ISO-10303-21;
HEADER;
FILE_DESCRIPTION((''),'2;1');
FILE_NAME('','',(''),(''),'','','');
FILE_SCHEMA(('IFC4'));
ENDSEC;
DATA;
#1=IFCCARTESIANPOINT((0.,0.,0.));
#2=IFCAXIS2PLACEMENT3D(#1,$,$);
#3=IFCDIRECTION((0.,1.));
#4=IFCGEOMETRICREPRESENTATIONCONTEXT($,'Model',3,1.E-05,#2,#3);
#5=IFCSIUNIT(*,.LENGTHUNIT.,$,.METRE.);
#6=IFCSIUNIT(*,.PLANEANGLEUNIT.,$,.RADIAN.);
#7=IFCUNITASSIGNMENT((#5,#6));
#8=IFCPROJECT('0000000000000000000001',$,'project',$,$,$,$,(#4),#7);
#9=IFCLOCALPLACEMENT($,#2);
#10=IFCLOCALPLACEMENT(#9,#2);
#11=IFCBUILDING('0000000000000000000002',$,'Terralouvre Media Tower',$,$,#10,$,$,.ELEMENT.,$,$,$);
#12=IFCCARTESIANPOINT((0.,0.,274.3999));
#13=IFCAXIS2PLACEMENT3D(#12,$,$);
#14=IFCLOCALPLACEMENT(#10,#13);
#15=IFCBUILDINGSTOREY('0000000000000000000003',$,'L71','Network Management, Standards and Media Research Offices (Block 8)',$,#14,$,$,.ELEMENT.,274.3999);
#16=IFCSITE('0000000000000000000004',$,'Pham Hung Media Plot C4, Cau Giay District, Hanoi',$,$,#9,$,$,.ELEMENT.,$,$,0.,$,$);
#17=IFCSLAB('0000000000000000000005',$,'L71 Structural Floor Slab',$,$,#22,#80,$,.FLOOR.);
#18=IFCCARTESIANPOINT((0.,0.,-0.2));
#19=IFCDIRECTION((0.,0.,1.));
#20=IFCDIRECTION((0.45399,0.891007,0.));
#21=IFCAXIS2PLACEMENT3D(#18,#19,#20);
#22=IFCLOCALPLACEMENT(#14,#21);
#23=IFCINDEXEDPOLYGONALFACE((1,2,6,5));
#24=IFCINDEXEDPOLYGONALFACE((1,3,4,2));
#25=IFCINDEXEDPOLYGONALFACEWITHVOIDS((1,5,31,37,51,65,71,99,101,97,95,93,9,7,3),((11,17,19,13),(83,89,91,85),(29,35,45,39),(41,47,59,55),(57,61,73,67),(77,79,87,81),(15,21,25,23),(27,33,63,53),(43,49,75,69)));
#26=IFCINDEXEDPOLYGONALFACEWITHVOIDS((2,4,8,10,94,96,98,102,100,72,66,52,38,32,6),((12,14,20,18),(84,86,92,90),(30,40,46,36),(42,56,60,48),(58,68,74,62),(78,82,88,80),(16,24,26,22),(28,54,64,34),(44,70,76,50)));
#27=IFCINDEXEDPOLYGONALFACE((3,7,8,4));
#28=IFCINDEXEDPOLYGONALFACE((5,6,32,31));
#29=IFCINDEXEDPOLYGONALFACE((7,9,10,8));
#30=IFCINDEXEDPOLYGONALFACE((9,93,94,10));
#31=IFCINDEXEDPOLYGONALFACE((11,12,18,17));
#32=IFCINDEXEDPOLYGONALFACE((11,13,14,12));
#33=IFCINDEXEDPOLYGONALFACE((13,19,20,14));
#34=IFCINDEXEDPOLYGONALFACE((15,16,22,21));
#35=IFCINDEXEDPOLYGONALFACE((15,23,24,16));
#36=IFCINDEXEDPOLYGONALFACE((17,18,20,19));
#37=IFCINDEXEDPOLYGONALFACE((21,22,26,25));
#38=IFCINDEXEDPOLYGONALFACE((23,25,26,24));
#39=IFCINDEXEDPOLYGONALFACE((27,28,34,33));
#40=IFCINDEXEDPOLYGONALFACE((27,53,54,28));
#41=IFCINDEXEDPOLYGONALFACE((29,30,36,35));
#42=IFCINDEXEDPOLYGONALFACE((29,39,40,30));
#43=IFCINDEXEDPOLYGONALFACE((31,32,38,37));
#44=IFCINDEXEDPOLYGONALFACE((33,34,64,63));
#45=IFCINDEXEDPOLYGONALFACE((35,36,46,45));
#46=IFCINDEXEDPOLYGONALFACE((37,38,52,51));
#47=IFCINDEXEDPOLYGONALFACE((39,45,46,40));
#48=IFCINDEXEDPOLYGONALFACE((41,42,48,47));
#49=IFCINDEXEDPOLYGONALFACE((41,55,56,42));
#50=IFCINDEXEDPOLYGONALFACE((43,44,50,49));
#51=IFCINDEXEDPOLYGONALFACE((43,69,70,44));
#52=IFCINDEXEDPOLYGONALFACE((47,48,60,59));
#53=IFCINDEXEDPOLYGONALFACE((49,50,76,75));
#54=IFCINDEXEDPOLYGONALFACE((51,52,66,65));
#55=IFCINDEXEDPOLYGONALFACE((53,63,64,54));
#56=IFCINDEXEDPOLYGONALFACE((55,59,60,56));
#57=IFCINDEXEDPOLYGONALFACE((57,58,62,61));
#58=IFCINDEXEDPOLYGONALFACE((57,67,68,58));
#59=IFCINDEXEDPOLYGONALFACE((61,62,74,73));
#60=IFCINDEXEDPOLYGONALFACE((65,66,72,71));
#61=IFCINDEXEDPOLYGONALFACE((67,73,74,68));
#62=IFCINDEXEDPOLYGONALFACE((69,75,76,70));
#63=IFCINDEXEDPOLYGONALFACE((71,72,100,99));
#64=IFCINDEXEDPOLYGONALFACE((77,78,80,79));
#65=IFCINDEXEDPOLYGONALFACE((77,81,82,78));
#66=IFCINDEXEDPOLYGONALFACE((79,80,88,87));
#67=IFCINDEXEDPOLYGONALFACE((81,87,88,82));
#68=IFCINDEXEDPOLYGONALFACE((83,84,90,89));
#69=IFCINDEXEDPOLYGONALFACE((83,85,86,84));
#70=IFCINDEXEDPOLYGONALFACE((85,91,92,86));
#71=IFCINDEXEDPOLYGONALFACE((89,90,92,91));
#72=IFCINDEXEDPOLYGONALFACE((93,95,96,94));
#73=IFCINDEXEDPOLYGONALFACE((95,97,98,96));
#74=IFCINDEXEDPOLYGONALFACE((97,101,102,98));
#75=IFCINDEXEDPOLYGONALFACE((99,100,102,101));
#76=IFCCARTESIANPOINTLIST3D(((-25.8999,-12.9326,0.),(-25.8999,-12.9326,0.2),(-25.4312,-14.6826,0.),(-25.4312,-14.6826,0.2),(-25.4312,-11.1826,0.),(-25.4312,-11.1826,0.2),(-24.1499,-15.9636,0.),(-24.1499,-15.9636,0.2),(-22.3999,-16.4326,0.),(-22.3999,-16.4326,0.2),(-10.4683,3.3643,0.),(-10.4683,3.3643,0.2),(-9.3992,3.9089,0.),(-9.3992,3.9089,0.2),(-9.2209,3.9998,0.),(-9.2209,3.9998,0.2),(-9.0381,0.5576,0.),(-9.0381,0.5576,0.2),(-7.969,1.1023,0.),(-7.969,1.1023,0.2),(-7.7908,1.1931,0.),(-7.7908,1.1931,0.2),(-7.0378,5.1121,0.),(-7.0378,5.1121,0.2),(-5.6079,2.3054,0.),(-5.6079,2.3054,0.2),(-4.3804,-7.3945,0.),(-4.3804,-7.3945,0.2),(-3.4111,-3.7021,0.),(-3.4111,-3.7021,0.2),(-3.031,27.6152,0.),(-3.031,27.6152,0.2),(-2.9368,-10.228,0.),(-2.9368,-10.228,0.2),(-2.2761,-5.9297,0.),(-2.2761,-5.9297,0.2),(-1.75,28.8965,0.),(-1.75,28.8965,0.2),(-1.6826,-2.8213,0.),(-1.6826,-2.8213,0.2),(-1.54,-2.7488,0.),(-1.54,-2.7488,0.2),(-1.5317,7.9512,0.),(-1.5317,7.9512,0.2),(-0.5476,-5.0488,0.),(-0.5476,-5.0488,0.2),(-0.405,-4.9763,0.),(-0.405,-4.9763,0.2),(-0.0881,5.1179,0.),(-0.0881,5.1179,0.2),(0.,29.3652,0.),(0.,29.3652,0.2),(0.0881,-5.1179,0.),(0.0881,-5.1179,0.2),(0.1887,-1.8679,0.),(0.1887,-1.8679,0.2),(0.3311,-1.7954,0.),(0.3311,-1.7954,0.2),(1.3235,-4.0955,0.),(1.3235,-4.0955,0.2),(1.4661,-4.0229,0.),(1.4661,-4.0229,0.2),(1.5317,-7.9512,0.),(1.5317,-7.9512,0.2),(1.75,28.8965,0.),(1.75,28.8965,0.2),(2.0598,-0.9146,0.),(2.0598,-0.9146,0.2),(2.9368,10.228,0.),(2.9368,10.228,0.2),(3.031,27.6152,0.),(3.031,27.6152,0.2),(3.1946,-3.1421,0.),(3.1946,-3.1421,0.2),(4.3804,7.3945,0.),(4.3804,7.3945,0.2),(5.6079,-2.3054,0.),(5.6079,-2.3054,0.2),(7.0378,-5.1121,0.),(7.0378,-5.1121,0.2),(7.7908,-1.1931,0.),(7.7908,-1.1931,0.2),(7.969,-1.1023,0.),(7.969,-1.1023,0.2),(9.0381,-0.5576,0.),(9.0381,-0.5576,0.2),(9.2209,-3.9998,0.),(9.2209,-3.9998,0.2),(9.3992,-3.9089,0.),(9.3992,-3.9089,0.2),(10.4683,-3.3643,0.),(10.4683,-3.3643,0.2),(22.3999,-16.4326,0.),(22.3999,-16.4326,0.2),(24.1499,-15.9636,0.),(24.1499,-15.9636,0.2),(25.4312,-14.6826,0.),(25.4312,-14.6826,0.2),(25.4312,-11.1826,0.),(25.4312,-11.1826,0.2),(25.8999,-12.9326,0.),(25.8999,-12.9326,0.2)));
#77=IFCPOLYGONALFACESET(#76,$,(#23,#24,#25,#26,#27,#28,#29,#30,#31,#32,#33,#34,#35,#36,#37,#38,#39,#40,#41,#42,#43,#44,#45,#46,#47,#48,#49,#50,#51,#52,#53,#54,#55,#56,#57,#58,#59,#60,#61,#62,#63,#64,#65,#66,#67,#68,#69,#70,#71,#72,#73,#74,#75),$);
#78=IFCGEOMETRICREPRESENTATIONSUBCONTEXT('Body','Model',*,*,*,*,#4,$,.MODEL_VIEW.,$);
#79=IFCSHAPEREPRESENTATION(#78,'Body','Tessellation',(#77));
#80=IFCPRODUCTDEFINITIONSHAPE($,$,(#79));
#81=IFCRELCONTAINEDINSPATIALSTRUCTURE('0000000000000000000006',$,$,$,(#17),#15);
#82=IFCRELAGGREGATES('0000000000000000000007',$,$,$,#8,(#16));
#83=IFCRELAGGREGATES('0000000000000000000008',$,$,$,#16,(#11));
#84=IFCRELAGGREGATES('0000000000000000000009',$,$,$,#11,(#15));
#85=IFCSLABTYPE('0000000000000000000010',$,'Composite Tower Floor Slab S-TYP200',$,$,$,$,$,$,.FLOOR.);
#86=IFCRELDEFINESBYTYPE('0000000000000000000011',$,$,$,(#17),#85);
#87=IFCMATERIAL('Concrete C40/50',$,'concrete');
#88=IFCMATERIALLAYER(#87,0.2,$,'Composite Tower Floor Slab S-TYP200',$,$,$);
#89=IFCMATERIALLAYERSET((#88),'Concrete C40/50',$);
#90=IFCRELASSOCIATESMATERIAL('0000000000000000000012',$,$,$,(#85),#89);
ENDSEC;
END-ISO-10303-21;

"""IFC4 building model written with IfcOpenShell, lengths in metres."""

from ifc_helpers import new_model, si_unit, direction, frame, origin, place, context, subcontext, project, spatial, polyline, outline, extrude, material, layer, layer_set, type_object, element, save


model = new_model("IFC4")

# Units and contexts
model_context = context("Model", 3, precision=1e-05, world=origin(), true_north=direction((0.0, 1.0)))
body_context = subcontext(model_context, "Body", "Model", "MODEL_VIEW")
ifc_project = project(units=[si_unit("LENGTHUNIT", "METRE"), si_unit("PLANEANGLEUNIT", "RADIAN")], contexts=[model_context])

# Site, building, storey
site_placement = place(None, origin())
site = spatial("IfcSite", under=ifc_project, at=site_placement, Name="Pham Hung Media Plot C4, Cau Giay District, Hanoi", CompositionType="ELEMENT", RefElevation=0.0)
building_placement = place(site_placement, origin())
building = spatial("IfcBuilding", under=site, at=building_placement, Name="Terralouvre Media Tower", CompositionType="ELEMENT")
storey_placement = place(building_placement, frame((0.0, 0.0, 274.3999)))
storey = spatial("IfcBuildingStorey", under=building, at=storey_placement, Name="L71", Description="Network Management, Standards and Media Research Offices (Block 8)", CompositionType="ELEMENT", Elevation=274.3999)

# Slab
ifc_material_1 = material(Name="Concrete C40/50", Category="concrete")
ifc_layer_1 = layer(ifc_material_1, 0.2, Name="Composite Tower Floor Slab S-TYP200")
ifc_layer_set_1 = layer_set([ifc_layer_1], Name="Concrete C40/50")
slab_type = type_object("IfcSlabType", Name="Composite Tower Floor Slab S-TYP200", PredefinedType="FLOOR", material=ifc_layer_set_1)
slab_placement = place(storey_placement, frame((0.0, 0.0, -0.2), z_axis=(0.0, 0.0, 1.0), x_axis=(0.45399, 0.891007, 0.0)))
element("IfcSlab", 1, at=slab_placement, inside=storey, type_object=slab_type, Name="L71 Structural Floor Slab", PredefinedType="FLOOR", context=body_context, shape_type="SweptSolid", body=[
    extrude(outline(polyline([(-25.4312, -11.1826), (-25.8999, -12.9326), (-25.4312, -14.6826), (-24.1499, -15.9636), (-22.3999, -16.4326), (22.3999, -16.4326), (24.1499, -15.9636), (25.4312, -14.6826), (25.8999, -12.9326), (25.4312, -11.1826), (3.031, 27.6152), (1.75, 28.8965), (0.0, 29.3652), (-1.75, 28.8965), (-3.031, 27.6152), (-25.4312, -11.1826)]), holes=[polyline([(-7.969, 1.1023), (-9.0381, 0.5576), (-10.4683, 3.3643), (-9.3992, 3.9089), (-7.969, 1.1023)]), polyline([(-5.6079, 2.3054), (-7.7908, 1.1931), (-9.2209, 3.9998), (-7.0378, 5.1121), (-5.6079, 2.3054)]), polyline([(-4.3804, -7.3945), (0.0881, -5.1179), (1.5317, -7.9512), (-2.9368, -10.228), (-4.3804, -7.3945)]), polyline([(-0.5476, -5.0488), (-2.2761, -5.9297), (-3.4111, -3.7021), (-1.6826, -2.8213), (-0.5476, -5.0488)]), polyline([(1.3235, -4.0955), (-0.405, -4.9763), (-1.54, -2.7488), (0.1887, -1.8679), (1.3235, -4.0955)]), polyline([(3.1946, -3.1421), (1.4661, -4.0229), (0.3311, -1.7954), (2.0598, -0.9146), (3.1946, -3.1421)]), polyline([(4.3804, 7.3945), (-0.0881, 5.1179), (-1.5317, 7.9512), (2.9368, 10.228), (4.3804, 7.3945)]), polyline([(7.0378, -5.1121), (5.6079, -2.3054), (7.7908, -1.1931), (9.2209, -3.9998), (7.0378, -5.1121)]), polyline([(9.3992, -3.9089), (7.969, -1.1023), (9.0381, -0.5576), (10.4683, -3.3643), (9.3992, -3.9089)])]), origin(), (0.0, 0.0, 1.0), 0.2),
])

save(model, "model.ifc")
